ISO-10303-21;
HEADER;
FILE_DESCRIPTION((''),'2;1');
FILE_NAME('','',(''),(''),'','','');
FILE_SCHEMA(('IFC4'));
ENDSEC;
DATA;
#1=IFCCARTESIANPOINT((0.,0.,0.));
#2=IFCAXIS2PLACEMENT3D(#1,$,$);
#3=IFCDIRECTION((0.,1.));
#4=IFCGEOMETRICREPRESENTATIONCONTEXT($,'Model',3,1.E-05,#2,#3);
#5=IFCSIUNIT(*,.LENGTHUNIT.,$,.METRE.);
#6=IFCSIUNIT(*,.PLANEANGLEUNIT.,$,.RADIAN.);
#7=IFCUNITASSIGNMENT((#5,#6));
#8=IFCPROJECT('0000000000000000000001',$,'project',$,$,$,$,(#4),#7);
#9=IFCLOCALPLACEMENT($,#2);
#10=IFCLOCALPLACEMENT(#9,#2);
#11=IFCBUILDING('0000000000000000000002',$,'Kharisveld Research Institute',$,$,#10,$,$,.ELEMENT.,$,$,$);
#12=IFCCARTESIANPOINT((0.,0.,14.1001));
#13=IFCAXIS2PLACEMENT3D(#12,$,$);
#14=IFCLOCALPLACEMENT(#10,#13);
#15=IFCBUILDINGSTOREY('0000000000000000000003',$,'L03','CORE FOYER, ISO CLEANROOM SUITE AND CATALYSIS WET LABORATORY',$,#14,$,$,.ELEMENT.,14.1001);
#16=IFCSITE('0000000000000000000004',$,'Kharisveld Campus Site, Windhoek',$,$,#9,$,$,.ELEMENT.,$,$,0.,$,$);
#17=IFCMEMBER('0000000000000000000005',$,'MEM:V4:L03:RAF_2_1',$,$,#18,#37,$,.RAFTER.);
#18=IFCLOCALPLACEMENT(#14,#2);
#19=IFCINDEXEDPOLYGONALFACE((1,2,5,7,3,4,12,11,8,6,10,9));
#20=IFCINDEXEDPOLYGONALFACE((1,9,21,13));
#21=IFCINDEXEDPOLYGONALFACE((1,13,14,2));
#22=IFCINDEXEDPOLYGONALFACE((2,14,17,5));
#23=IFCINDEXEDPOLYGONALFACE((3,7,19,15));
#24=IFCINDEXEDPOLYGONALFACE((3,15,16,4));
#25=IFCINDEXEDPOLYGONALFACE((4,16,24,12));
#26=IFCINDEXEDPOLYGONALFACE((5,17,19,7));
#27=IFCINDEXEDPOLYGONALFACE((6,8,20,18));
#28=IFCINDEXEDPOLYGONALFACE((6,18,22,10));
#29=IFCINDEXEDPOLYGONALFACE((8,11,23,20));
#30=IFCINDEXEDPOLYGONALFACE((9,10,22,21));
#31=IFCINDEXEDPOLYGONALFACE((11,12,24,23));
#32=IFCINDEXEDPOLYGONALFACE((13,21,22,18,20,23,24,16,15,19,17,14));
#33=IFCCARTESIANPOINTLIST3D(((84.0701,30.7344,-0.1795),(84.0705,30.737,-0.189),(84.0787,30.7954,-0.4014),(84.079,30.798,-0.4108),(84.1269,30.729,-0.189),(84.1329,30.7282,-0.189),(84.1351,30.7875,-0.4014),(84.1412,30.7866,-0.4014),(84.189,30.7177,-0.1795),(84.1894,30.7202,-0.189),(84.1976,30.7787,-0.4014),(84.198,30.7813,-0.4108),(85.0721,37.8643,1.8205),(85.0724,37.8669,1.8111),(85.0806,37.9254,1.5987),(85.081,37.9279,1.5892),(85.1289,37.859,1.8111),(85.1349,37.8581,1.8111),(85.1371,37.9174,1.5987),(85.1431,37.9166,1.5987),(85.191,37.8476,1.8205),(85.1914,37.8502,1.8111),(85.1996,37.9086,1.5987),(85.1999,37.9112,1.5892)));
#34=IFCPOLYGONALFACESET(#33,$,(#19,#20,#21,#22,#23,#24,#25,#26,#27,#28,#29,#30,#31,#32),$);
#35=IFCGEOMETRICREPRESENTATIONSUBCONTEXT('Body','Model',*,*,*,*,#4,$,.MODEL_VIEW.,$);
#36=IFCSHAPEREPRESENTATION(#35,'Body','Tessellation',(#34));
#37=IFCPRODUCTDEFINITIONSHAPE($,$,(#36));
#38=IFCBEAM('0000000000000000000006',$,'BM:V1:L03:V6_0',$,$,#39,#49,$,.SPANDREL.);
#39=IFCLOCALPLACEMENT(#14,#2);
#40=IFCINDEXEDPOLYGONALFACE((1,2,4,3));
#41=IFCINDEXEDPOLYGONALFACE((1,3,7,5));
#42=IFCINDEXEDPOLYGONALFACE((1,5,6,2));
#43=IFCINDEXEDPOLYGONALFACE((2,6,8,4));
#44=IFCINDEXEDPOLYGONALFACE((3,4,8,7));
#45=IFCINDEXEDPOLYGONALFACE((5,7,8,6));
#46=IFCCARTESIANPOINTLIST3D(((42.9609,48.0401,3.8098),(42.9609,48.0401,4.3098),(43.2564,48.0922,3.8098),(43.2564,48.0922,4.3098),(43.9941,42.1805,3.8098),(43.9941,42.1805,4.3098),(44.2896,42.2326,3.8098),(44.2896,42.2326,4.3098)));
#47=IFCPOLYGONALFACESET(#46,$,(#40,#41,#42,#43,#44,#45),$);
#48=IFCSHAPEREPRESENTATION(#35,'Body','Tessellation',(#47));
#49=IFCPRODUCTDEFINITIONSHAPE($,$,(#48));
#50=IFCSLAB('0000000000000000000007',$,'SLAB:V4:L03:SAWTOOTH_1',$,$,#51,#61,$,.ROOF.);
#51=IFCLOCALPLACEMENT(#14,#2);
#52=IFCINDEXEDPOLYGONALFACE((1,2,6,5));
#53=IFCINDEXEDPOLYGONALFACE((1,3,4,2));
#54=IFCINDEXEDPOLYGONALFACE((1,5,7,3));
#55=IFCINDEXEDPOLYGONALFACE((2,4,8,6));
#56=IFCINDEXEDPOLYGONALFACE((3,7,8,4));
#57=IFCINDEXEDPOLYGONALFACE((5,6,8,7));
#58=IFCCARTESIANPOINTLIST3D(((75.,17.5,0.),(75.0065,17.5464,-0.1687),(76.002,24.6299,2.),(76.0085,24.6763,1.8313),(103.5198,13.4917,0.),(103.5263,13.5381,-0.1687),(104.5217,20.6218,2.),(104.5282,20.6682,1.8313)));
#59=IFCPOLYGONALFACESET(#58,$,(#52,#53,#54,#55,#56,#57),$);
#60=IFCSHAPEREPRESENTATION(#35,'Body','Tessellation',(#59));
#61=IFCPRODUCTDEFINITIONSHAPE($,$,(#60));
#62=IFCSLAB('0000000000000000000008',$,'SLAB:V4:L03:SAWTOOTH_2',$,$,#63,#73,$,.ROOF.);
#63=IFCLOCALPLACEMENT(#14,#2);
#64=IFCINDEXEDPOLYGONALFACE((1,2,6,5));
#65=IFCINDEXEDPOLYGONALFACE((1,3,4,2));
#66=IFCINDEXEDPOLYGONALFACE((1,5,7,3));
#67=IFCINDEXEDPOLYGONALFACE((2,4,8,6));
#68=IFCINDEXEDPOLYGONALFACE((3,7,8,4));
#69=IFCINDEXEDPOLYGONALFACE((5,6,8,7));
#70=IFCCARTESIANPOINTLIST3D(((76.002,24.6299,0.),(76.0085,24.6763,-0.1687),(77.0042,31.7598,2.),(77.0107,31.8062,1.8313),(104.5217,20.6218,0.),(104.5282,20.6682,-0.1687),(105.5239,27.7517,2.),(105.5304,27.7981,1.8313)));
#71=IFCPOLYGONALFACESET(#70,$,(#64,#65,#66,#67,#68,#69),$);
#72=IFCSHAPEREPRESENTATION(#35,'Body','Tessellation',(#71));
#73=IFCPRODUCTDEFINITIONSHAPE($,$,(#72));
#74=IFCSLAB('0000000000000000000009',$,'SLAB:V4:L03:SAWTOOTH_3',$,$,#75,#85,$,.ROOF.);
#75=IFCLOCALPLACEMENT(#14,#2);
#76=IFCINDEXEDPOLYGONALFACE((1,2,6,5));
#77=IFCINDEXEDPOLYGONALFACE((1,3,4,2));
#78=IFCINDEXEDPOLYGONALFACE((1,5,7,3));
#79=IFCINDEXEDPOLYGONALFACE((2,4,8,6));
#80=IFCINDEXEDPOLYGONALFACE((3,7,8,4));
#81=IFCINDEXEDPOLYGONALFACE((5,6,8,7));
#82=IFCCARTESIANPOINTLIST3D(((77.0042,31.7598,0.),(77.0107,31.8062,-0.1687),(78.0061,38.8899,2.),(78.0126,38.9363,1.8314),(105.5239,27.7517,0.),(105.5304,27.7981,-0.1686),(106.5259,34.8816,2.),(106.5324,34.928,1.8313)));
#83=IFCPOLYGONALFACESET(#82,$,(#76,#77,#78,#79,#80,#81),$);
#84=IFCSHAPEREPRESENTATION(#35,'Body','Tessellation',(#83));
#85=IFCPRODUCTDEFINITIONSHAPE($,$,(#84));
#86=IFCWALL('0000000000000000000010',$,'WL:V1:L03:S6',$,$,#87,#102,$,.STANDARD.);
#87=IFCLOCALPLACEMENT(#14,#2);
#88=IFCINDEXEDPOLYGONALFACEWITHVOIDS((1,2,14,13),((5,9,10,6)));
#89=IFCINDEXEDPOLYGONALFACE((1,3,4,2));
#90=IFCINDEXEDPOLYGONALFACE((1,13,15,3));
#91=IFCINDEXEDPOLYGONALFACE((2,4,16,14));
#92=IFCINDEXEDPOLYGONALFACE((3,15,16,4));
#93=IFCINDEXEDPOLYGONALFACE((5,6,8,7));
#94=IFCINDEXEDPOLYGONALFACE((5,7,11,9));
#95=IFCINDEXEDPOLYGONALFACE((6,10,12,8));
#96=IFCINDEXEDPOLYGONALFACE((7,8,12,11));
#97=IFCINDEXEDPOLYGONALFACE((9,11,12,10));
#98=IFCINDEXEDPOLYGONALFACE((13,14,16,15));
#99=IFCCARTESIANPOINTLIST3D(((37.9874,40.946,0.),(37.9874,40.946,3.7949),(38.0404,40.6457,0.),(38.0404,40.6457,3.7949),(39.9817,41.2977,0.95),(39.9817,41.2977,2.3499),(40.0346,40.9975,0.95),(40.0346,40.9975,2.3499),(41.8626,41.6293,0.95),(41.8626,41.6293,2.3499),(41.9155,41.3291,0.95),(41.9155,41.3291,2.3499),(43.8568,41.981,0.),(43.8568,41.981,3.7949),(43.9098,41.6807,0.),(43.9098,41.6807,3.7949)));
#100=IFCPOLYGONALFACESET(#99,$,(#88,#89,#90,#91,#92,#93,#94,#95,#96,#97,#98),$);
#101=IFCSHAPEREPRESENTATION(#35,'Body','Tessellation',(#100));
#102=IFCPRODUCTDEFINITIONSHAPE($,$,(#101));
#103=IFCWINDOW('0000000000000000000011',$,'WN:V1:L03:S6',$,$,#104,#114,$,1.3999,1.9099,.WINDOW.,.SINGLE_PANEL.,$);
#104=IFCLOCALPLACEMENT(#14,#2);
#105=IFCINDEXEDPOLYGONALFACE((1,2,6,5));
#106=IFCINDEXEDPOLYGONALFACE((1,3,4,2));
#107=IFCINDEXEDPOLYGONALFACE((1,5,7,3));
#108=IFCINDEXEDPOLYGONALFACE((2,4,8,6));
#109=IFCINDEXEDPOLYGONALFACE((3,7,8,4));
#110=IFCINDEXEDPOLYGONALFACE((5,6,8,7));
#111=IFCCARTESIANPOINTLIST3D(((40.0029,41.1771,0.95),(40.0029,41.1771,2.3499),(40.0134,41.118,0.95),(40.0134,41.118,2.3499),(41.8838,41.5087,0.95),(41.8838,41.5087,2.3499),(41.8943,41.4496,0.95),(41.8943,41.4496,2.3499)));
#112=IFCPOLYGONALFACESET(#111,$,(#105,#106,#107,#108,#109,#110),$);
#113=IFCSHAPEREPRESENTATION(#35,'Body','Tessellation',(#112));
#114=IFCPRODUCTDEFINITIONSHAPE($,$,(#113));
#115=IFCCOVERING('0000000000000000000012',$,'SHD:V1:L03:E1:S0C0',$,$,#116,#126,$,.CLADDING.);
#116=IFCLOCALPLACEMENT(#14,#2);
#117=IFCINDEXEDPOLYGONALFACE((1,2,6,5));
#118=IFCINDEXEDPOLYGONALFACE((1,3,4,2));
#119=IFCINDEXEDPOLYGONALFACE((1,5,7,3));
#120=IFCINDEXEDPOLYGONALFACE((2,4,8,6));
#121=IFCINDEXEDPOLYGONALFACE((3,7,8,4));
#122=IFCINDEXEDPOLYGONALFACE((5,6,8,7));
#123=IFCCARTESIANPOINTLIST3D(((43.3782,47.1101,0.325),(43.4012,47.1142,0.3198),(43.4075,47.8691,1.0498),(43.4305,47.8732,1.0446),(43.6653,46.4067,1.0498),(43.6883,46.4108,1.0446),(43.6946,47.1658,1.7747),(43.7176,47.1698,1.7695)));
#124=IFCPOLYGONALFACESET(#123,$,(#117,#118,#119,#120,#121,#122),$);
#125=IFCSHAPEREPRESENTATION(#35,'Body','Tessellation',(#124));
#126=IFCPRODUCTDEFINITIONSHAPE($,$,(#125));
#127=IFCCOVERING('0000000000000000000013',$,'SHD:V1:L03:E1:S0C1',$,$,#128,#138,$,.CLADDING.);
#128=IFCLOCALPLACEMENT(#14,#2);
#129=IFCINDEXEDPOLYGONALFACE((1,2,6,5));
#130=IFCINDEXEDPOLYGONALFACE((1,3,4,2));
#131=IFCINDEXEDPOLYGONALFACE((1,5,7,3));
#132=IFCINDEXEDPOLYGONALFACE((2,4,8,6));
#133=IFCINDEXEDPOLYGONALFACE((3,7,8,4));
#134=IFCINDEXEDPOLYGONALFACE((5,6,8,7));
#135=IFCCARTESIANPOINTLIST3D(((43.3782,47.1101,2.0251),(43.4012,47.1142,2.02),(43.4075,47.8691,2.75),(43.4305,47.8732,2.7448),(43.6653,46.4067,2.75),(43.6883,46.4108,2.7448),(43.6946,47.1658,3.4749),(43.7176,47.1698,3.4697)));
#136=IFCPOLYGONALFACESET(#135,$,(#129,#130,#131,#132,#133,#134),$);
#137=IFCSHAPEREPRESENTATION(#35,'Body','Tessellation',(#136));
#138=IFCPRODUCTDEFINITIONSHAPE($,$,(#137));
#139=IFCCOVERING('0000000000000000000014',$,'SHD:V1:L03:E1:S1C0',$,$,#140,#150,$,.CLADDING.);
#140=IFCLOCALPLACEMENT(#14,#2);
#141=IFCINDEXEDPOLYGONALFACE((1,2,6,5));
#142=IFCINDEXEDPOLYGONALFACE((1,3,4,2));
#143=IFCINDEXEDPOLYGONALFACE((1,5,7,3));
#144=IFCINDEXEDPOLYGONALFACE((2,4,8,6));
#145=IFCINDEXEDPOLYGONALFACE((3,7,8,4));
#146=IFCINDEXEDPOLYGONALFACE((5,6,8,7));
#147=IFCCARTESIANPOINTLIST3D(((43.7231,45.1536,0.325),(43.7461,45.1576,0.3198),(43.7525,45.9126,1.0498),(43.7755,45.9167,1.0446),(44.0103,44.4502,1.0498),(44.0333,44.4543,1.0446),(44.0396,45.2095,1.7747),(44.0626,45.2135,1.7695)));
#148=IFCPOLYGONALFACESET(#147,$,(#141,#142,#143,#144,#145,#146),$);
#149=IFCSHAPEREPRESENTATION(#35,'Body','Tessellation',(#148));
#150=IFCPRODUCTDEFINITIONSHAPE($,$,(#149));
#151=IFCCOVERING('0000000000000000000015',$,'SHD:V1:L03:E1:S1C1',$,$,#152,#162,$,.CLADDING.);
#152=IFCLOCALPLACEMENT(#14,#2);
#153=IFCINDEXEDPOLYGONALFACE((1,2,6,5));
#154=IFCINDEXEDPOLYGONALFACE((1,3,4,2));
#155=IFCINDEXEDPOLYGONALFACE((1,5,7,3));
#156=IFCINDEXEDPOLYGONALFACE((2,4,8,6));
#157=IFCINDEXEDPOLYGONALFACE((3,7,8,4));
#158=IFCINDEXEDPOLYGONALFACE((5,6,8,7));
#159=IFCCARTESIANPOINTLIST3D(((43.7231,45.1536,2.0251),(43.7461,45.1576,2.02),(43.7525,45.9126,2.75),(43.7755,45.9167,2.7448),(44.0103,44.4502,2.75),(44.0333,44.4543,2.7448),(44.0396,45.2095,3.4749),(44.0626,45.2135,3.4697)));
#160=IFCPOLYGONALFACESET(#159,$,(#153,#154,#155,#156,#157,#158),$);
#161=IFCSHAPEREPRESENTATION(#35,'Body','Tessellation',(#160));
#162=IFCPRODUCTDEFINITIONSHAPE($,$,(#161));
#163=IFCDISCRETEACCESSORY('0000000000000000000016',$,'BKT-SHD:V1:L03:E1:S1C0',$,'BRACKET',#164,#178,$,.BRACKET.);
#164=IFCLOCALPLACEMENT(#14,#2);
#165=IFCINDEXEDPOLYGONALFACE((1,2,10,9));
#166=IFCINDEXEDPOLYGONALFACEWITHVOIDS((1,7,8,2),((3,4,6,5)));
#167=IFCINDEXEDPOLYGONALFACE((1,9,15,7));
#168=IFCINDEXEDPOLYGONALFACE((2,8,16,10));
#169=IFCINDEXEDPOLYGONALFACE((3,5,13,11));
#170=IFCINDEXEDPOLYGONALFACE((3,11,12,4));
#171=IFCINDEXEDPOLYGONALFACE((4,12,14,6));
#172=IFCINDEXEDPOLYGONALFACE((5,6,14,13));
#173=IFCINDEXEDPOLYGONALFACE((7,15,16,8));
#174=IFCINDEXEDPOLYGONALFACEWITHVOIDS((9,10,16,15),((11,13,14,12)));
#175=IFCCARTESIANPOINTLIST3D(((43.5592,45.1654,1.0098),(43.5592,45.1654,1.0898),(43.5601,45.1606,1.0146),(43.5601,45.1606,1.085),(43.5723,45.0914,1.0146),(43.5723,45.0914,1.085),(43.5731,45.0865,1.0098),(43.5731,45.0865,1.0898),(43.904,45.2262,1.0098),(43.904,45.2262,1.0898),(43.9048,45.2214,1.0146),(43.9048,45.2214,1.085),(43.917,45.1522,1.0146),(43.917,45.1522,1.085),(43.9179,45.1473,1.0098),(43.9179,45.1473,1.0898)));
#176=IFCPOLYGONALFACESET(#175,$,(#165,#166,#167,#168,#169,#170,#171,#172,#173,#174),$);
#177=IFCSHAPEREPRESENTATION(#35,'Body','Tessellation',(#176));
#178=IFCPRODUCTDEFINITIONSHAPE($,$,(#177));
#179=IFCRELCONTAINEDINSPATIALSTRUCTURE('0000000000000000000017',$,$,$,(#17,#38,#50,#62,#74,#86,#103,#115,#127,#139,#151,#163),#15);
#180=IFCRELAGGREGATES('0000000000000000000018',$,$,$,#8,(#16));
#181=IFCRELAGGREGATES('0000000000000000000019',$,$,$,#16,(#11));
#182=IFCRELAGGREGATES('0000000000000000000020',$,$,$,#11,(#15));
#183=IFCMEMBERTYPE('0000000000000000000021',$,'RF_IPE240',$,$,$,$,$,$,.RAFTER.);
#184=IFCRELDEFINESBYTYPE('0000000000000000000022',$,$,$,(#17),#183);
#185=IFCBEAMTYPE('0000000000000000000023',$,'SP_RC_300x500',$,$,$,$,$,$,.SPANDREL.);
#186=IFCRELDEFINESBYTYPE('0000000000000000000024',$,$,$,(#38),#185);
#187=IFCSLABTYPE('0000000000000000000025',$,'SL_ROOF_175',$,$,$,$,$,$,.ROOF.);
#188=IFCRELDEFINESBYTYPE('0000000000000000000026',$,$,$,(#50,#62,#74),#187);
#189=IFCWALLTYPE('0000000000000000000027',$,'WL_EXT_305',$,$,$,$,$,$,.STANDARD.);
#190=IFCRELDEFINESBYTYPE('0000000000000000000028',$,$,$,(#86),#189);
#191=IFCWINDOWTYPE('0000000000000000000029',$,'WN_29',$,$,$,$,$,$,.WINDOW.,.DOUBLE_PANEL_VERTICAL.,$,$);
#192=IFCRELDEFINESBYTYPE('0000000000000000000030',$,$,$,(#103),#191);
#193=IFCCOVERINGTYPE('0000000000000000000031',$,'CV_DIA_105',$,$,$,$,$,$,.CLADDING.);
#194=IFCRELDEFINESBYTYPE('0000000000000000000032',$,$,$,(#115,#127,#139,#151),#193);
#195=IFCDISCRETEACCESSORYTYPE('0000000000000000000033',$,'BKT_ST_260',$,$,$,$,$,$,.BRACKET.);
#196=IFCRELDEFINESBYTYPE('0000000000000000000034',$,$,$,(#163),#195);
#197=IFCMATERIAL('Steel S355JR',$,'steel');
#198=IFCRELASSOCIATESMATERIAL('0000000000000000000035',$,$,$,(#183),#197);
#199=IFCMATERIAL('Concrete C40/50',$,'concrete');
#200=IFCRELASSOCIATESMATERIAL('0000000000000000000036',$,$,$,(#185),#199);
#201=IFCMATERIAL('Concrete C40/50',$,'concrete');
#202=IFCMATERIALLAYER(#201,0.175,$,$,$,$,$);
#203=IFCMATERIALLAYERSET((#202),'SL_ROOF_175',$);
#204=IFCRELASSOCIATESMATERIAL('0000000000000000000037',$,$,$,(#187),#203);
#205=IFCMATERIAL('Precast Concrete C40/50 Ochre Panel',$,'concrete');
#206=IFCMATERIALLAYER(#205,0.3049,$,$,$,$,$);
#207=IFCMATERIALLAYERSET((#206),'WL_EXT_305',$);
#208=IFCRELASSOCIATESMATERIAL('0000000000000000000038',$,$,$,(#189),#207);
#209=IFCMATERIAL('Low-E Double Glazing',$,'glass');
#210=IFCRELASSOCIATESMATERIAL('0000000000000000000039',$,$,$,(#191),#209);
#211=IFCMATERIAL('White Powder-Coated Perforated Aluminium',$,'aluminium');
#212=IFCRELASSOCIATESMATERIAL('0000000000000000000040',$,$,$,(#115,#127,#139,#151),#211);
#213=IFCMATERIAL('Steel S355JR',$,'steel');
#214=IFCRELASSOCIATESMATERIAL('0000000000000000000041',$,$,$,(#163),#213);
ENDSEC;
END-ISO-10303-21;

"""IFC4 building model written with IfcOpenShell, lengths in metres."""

from ifc_helpers import new_model, si_unit, direction, frame, frame_2d, origin, origin_2d, place, context, subcontext, project, spatial, polyline, rectangle, hollow_rectangle, i_section, outline, extrude, material, layer, layer_set, material_profile, profile_set, type_object, element, fill, save


model = new_model("IFC4")

# Units and contexts
model_context = context("Model", 3, precision=1e-05, world=origin(), true_north=direction((0.0, 1.0)))
body_context = subcontext(model_context, "Body", "Model", "MODEL_VIEW")
ifc_project = project(units=[si_unit("LENGTHUNIT", "METRE"), si_unit("PLANEANGLEUNIT", "RADIAN")], contexts=[model_context])

# Site, building, storey
site_placement = place(None, origin())
site = spatial("IfcSite", under=ifc_project, at=site_placement, Name="Kharisveld Campus Site, Windhoek", CompositionType="ELEMENT", RefElevation=0.0)
building_placement = place(site_placement, origin())
building = spatial("IfcBuilding", under=site, at=building_placement, Name="Kharisveld Research Institute", CompositionType="ELEMENT")
storey_placement = place(building_placement, frame((0.0, 0.0, 14.1001)))
storey = spatial("IfcBuildingStorey", under=building, at=storey_placement, Name="L03", Description="CORE FOYER, ISO CLEANROOM SUITE AND CATALYSIS WET LABORATORY", CompositionType="ELEMENT", Elevation=14.1001)

# Member
ifc_material_1 = material(Name="Steel S355JR", Category="steel")
ifc_material_profile_1 = material_profile(ifc_material_1, i_section(OverallWidth=0.1201, OverallDepth=0.24, WebThickness=0.0061, FlangeThickness=0.0098, at=origin_2d()))
ifc_profile_set_1 = profile_set([ifc_material_profile_1], Name="Steel S355JR")
member_type = type_object("IfcMemberType", Name="RF_IPE240", PredefinedType="RAFTER", material=ifc_profile_set_1)
member_1_placement = place(storey_placement, frame((84.134, 30.7578, -0.2952), z_axis=(0.134084, 0.954142, 0.267646), x_axis=(-0.99027, 0.139161, 0.0)))
element("IfcMember", 1, at=member_1_placement, inside=storey, type_object=member_type, Name="MEM:V4:L03:RAF_2_1", PredefinedType="RAFTER", context=body_context, shape_type="SweptSolid", body=[
    extrude(i_section(OverallWidth=0.1201, OverallDepth=0.24, WebThickness=0.0061, FlangeThickness=0.0098, at=origin_2d()), origin(), (0.0, 0.0, 1.0), 7.4727),
])

# Beam
ifc_material_2 = material(Name="Concrete C40/50", Category="concrete")
ifc_material_profile_2 = material_profile(ifc_material_2, rectangle(XDim=0.3, YDim=0.5, at=origin_2d()))
ifc_profile_set_2 = profile_set([ifc_material_profile_2], Name="Concrete C40/50")
beam_type = type_object("IfcBeamType", Name="SP_RC_300x500", PredefinedType="SPANDREL", material=ifc_profile_set_2)
beam_placement = place(storey_placement, frame((44.1418, 42.2065, 4.0598), z_axis=(-0.173647, 0.984808, 0.0), x_axis=(-0.984808, -0.173647, 0.0)))
element("IfcBeam", 2, at=beam_placement, inside=storey, type_object=beam_type, Name="BM:V1:L03:V6_0", PredefinedType="SPANDREL", context=body_context, shape_type="SweptSolid", body=[
    extrude(rectangle(XDim=0.3, YDim=0.5, at=origin_2d()), origin(), (0.0, 0.0, 1.0), 5.95),
])

# Slabs
ifc_material_3 = material(Name="Concrete C40/50", Category="concrete")
ifc_layer_1 = layer(ifc_material_3, 0.175)
ifc_layer_set_1 = layer_set([ifc_layer_1], Name="SL_ROOF_175")
slab_type = type_object("IfcSlabType", Name="SL_ROOF_175", PredefinedType="ROOF", material=ifc_layer_set_1)
slab_1_placement = place(storey_placement, frame((75.0, 17.5, 0.0), z_axis=(-0.037248, -0.265037, 0.963518), x_axis=(0.990268, -0.139176, -0.000001)))
element("IfcSlab", 3, at=slab_1_placement, inside=storey, type_object=slab_type, Name="SLAB:V4:L03:SAWTOOTH_1", PredefinedType="ROOF", context=body_context, shape_type="SweptSolid", body=[
    extrude(outline(polyline([(0.0, 0.0), (28.8001, 0.0), (28.7999, 7.4728), (-0.0001, 7.4726), (0.0, 0.0)])), origin(), (0.0, 0.0, -1.0), 0.175),
])
slab_2_placement = place(storey_placement, frame((76.002, 24.6299, 0.0), z_axis=(-0.037248, -0.26504, 0.963518), x_axis=(0.990269, -0.139168, 0.0)))
element("IfcSlab", 4, at=slab_2_placement, inside=storey, type_object=slab_type, Name="SLAB:V4:L03:SAWTOOTH_2", PredefinedType="ROOF", context=body_context, shape_type="SweptSolid", body=[
    extrude(outline(polyline([(0.0, 0.0), (28.8, 0.0), (28.8002, 7.4726), (0.0002, 7.4726), (0.0, 0.0)])), origin(), (0.0, 0.0, -1.0), 0.175),
])
slab_3_placement = place(storey_placement, frame((77.0042, 31.7598, 0.0), z_axis=(-0.037248, -0.265037, 0.963518), x_axis=(0.990269, -0.139169, 0.000001)))
element("IfcSlab", 5, at=slab_3_placement, inside=storey, type_object=slab_type, Name="SLAB:V4:L03:SAWTOOTH_3", PredefinedType="ROOF", context=body_context, shape_type="SweptSolid", body=[
    extrude(outline(polyline([(0.0, 0.0), (28.8, 0.0), (28.8, 7.4726), (-0.0001, 7.4728), (0.0, 0.0)])), origin(), (0.0, 0.0, -1.0), 0.175),
])

# Wall, opening, window
ifc_material_4 = material(Name="Precast Concrete C40/50 Ochre Panel", Category="concrete")
ifc_layer_2 = layer(ifc_material_4, 0.3049)
ifc_layer_set_2 = layer_set([ifc_layer_2], Name="WL_EXT_305")
wall_type = type_object("IfcWallType", Name="WL_EXT_305", PredefinedType="STANDARD", material=ifc_layer_set_2)
wall_placement = place(storey_placement, frame((43.8833, 41.8308, 0.0), z_axis=(0.0, 0.0, 1.0), x_axis=(-0.984808, -0.173645, 0.0)))
wall = element("IfcWall", 6, at=wall_placement, inside=storey, type_object=wall_type, Name="WL:V1:L03:S6", PredefinedType="STANDARD", context=body_context, shape_type="SweptSolid", body=[
    extrude(rectangle(XDim=5.96, YDim=0.3049, at=frame_2d((2.98, 0.0))), origin(), (0.0, 0.0, 1.0), 3.7949),
])
opening_placement = place(wall_placement, frame((2.0249, 0.0, 0.95)))
opening = element("IfcOpeningElement", 7, at=opening_placement, cuts=wall, PredefinedType="OPENING", context=body_context, shape_type="SweptSolid", body=[
    extrude(rectangle(XDim=1.9099, YDim=1.3999, at=frame_2d((0.9551, 0.7))), frame((0.0, 0.1523, 0.0), z_axis=(0.0, -1.0, 0.0), x_axis=(1.0, 0.0, 0.0)), (0.0, 0.0, 1.0), 0.3049),
])
ifc_material_5 = material(Name="Low-E Double Glazing", Category="glass")
window_type = type_object("IfcWindowType", Name="WN_29", PartitioningType="DOUBLE_PANEL_VERTICAL", PredefinedType="WINDOW", material=ifc_material_5)
window_placement = place(opening_placement, origin())
window = element("IfcWindow", 8, at=window_placement, inside=storey, type_object=window_type, Name="WN:V1:L03:S6", OverallHeight=1.3999, OverallWidth=1.9099, PartitioningType="SINGLE_PANEL", PredefinedType="WINDOW", context=body_context, shape_type="SweptSolid", body=[
    extrude(rectangle(XDim=1.9099, YDim=1.3999, at=frame_2d((0.9551, 0.7))), frame((0.0, 0.03, 0.0), z_axis=(0.0, -1.0, 0.0), x_axis=(1.0, 0.0, 0.0)), (0.0, 0.0, 1.0), 0.0601),
])
fill(opening, window)

# Coverings
ifc_material_6 = material(Name="White Powder-Coated Perforated Aluminium", Category="aluminium")
covering_type = type_object("IfcCoveringType", Name="CV_DIA_105", PredefinedType="CLADDING")
for number, where, z_axis, x_axis, name in (
    (9, (43.3782, 47.1101, 0.325), (-0.961487, -0.169504, 0.216358), (0.273429, -0.669853, 0.690314), "SHD:V1:L03:E1:S0C0"),
    (10, (43.3782, 47.1101, 2.0251), (-0.961487, -0.169504, 0.216358), (0.273429, -0.669853, 0.690314), "SHD:V1:L03:E1:S0C1"),
):
    element("IfcCovering", number, at=place(storey_placement, frame(where, z_axis=z_axis, x_axis=x_axis)), inside=storey, type_object=covering_type, material=ifc_material_6, Name=name, PredefinedType="CLADDING", context=body_context, shape_type="SweptSolid", body=[
        extrude(outline(polyline([(0.0, 0.0), (1.05, 0.0), (1.05, 1.05), (-0.0001, 1.05), (0.0, 0.0)])), origin(), (0.0, 0.0, -1.0), 0.0239),
    ])
for number, where, z_axis, x_axis, name in (
    (11, (43.7231, 45.1536, 0.325), (-0.961481, -0.169503, 0.216385), (0.273447, -0.66985, 0.69031), "SHD:V1:L03:E1:S1C0"),
    (12, (43.7231, 45.1536, 2.0251), (-0.961481, -0.169503, 0.216385), (0.273447, -0.66985, 0.69031), "SHD:V1:L03:E1:S1C1"),
):
    element("IfcCovering", number, at=place(storey_placement, frame(where, z_axis=z_axis, x_axis=x_axis)), inside=storey, type_object=covering_type, material=ifc_material_6, Name=name, PredefinedType="CLADDING", context=body_context, shape_type="SweptSolid", body=[
        extrude(outline(polyline([(0.0, 0.0), (1.05, 0.0), (1.0498, 1.0501), (-0.0001, 1.05), (0.0, 0.0)])), origin(), (0.0, 0.0, -1.0), 0.0239),
    ])

# Discrete accessory
ifc_material_7 = material(Name="Steel S355JR", Category="steel")
discrete_accessory_type = type_object("IfcDiscreteAccessoryType", Name="BKT_ST_260", PredefinedType="BRACKET")
for number, where, z_axis, x_axis, name in (
    (13, (43.5662, 45.126, 1.0498), (0.984805, 0.173666, 0.0), (-0.173666, 0.984805, 0.0), "BKT-SHD:V1:L03:E1:S1C0"),
):
    element("IfcDiscreteAccessory", number, at=place(storey_placement, frame(where, z_axis=z_axis, x_axis=x_axis)), inside=storey, type_object=discrete_accessory_type, material=ifc_material_7, Name=name, ObjectType="BRACKET", PredefinedType="BRACKET", context=body_context, shape_type="SweptSolid", body=[
        extrude(hollow_rectangle(XDim=0.0801, YDim=0.0801, WallThickness=0.0049, at=origin_2d()), origin(), (0.0, 0.0, 1.0), 0.3501),
    ])

save(model, "model.ifc")
